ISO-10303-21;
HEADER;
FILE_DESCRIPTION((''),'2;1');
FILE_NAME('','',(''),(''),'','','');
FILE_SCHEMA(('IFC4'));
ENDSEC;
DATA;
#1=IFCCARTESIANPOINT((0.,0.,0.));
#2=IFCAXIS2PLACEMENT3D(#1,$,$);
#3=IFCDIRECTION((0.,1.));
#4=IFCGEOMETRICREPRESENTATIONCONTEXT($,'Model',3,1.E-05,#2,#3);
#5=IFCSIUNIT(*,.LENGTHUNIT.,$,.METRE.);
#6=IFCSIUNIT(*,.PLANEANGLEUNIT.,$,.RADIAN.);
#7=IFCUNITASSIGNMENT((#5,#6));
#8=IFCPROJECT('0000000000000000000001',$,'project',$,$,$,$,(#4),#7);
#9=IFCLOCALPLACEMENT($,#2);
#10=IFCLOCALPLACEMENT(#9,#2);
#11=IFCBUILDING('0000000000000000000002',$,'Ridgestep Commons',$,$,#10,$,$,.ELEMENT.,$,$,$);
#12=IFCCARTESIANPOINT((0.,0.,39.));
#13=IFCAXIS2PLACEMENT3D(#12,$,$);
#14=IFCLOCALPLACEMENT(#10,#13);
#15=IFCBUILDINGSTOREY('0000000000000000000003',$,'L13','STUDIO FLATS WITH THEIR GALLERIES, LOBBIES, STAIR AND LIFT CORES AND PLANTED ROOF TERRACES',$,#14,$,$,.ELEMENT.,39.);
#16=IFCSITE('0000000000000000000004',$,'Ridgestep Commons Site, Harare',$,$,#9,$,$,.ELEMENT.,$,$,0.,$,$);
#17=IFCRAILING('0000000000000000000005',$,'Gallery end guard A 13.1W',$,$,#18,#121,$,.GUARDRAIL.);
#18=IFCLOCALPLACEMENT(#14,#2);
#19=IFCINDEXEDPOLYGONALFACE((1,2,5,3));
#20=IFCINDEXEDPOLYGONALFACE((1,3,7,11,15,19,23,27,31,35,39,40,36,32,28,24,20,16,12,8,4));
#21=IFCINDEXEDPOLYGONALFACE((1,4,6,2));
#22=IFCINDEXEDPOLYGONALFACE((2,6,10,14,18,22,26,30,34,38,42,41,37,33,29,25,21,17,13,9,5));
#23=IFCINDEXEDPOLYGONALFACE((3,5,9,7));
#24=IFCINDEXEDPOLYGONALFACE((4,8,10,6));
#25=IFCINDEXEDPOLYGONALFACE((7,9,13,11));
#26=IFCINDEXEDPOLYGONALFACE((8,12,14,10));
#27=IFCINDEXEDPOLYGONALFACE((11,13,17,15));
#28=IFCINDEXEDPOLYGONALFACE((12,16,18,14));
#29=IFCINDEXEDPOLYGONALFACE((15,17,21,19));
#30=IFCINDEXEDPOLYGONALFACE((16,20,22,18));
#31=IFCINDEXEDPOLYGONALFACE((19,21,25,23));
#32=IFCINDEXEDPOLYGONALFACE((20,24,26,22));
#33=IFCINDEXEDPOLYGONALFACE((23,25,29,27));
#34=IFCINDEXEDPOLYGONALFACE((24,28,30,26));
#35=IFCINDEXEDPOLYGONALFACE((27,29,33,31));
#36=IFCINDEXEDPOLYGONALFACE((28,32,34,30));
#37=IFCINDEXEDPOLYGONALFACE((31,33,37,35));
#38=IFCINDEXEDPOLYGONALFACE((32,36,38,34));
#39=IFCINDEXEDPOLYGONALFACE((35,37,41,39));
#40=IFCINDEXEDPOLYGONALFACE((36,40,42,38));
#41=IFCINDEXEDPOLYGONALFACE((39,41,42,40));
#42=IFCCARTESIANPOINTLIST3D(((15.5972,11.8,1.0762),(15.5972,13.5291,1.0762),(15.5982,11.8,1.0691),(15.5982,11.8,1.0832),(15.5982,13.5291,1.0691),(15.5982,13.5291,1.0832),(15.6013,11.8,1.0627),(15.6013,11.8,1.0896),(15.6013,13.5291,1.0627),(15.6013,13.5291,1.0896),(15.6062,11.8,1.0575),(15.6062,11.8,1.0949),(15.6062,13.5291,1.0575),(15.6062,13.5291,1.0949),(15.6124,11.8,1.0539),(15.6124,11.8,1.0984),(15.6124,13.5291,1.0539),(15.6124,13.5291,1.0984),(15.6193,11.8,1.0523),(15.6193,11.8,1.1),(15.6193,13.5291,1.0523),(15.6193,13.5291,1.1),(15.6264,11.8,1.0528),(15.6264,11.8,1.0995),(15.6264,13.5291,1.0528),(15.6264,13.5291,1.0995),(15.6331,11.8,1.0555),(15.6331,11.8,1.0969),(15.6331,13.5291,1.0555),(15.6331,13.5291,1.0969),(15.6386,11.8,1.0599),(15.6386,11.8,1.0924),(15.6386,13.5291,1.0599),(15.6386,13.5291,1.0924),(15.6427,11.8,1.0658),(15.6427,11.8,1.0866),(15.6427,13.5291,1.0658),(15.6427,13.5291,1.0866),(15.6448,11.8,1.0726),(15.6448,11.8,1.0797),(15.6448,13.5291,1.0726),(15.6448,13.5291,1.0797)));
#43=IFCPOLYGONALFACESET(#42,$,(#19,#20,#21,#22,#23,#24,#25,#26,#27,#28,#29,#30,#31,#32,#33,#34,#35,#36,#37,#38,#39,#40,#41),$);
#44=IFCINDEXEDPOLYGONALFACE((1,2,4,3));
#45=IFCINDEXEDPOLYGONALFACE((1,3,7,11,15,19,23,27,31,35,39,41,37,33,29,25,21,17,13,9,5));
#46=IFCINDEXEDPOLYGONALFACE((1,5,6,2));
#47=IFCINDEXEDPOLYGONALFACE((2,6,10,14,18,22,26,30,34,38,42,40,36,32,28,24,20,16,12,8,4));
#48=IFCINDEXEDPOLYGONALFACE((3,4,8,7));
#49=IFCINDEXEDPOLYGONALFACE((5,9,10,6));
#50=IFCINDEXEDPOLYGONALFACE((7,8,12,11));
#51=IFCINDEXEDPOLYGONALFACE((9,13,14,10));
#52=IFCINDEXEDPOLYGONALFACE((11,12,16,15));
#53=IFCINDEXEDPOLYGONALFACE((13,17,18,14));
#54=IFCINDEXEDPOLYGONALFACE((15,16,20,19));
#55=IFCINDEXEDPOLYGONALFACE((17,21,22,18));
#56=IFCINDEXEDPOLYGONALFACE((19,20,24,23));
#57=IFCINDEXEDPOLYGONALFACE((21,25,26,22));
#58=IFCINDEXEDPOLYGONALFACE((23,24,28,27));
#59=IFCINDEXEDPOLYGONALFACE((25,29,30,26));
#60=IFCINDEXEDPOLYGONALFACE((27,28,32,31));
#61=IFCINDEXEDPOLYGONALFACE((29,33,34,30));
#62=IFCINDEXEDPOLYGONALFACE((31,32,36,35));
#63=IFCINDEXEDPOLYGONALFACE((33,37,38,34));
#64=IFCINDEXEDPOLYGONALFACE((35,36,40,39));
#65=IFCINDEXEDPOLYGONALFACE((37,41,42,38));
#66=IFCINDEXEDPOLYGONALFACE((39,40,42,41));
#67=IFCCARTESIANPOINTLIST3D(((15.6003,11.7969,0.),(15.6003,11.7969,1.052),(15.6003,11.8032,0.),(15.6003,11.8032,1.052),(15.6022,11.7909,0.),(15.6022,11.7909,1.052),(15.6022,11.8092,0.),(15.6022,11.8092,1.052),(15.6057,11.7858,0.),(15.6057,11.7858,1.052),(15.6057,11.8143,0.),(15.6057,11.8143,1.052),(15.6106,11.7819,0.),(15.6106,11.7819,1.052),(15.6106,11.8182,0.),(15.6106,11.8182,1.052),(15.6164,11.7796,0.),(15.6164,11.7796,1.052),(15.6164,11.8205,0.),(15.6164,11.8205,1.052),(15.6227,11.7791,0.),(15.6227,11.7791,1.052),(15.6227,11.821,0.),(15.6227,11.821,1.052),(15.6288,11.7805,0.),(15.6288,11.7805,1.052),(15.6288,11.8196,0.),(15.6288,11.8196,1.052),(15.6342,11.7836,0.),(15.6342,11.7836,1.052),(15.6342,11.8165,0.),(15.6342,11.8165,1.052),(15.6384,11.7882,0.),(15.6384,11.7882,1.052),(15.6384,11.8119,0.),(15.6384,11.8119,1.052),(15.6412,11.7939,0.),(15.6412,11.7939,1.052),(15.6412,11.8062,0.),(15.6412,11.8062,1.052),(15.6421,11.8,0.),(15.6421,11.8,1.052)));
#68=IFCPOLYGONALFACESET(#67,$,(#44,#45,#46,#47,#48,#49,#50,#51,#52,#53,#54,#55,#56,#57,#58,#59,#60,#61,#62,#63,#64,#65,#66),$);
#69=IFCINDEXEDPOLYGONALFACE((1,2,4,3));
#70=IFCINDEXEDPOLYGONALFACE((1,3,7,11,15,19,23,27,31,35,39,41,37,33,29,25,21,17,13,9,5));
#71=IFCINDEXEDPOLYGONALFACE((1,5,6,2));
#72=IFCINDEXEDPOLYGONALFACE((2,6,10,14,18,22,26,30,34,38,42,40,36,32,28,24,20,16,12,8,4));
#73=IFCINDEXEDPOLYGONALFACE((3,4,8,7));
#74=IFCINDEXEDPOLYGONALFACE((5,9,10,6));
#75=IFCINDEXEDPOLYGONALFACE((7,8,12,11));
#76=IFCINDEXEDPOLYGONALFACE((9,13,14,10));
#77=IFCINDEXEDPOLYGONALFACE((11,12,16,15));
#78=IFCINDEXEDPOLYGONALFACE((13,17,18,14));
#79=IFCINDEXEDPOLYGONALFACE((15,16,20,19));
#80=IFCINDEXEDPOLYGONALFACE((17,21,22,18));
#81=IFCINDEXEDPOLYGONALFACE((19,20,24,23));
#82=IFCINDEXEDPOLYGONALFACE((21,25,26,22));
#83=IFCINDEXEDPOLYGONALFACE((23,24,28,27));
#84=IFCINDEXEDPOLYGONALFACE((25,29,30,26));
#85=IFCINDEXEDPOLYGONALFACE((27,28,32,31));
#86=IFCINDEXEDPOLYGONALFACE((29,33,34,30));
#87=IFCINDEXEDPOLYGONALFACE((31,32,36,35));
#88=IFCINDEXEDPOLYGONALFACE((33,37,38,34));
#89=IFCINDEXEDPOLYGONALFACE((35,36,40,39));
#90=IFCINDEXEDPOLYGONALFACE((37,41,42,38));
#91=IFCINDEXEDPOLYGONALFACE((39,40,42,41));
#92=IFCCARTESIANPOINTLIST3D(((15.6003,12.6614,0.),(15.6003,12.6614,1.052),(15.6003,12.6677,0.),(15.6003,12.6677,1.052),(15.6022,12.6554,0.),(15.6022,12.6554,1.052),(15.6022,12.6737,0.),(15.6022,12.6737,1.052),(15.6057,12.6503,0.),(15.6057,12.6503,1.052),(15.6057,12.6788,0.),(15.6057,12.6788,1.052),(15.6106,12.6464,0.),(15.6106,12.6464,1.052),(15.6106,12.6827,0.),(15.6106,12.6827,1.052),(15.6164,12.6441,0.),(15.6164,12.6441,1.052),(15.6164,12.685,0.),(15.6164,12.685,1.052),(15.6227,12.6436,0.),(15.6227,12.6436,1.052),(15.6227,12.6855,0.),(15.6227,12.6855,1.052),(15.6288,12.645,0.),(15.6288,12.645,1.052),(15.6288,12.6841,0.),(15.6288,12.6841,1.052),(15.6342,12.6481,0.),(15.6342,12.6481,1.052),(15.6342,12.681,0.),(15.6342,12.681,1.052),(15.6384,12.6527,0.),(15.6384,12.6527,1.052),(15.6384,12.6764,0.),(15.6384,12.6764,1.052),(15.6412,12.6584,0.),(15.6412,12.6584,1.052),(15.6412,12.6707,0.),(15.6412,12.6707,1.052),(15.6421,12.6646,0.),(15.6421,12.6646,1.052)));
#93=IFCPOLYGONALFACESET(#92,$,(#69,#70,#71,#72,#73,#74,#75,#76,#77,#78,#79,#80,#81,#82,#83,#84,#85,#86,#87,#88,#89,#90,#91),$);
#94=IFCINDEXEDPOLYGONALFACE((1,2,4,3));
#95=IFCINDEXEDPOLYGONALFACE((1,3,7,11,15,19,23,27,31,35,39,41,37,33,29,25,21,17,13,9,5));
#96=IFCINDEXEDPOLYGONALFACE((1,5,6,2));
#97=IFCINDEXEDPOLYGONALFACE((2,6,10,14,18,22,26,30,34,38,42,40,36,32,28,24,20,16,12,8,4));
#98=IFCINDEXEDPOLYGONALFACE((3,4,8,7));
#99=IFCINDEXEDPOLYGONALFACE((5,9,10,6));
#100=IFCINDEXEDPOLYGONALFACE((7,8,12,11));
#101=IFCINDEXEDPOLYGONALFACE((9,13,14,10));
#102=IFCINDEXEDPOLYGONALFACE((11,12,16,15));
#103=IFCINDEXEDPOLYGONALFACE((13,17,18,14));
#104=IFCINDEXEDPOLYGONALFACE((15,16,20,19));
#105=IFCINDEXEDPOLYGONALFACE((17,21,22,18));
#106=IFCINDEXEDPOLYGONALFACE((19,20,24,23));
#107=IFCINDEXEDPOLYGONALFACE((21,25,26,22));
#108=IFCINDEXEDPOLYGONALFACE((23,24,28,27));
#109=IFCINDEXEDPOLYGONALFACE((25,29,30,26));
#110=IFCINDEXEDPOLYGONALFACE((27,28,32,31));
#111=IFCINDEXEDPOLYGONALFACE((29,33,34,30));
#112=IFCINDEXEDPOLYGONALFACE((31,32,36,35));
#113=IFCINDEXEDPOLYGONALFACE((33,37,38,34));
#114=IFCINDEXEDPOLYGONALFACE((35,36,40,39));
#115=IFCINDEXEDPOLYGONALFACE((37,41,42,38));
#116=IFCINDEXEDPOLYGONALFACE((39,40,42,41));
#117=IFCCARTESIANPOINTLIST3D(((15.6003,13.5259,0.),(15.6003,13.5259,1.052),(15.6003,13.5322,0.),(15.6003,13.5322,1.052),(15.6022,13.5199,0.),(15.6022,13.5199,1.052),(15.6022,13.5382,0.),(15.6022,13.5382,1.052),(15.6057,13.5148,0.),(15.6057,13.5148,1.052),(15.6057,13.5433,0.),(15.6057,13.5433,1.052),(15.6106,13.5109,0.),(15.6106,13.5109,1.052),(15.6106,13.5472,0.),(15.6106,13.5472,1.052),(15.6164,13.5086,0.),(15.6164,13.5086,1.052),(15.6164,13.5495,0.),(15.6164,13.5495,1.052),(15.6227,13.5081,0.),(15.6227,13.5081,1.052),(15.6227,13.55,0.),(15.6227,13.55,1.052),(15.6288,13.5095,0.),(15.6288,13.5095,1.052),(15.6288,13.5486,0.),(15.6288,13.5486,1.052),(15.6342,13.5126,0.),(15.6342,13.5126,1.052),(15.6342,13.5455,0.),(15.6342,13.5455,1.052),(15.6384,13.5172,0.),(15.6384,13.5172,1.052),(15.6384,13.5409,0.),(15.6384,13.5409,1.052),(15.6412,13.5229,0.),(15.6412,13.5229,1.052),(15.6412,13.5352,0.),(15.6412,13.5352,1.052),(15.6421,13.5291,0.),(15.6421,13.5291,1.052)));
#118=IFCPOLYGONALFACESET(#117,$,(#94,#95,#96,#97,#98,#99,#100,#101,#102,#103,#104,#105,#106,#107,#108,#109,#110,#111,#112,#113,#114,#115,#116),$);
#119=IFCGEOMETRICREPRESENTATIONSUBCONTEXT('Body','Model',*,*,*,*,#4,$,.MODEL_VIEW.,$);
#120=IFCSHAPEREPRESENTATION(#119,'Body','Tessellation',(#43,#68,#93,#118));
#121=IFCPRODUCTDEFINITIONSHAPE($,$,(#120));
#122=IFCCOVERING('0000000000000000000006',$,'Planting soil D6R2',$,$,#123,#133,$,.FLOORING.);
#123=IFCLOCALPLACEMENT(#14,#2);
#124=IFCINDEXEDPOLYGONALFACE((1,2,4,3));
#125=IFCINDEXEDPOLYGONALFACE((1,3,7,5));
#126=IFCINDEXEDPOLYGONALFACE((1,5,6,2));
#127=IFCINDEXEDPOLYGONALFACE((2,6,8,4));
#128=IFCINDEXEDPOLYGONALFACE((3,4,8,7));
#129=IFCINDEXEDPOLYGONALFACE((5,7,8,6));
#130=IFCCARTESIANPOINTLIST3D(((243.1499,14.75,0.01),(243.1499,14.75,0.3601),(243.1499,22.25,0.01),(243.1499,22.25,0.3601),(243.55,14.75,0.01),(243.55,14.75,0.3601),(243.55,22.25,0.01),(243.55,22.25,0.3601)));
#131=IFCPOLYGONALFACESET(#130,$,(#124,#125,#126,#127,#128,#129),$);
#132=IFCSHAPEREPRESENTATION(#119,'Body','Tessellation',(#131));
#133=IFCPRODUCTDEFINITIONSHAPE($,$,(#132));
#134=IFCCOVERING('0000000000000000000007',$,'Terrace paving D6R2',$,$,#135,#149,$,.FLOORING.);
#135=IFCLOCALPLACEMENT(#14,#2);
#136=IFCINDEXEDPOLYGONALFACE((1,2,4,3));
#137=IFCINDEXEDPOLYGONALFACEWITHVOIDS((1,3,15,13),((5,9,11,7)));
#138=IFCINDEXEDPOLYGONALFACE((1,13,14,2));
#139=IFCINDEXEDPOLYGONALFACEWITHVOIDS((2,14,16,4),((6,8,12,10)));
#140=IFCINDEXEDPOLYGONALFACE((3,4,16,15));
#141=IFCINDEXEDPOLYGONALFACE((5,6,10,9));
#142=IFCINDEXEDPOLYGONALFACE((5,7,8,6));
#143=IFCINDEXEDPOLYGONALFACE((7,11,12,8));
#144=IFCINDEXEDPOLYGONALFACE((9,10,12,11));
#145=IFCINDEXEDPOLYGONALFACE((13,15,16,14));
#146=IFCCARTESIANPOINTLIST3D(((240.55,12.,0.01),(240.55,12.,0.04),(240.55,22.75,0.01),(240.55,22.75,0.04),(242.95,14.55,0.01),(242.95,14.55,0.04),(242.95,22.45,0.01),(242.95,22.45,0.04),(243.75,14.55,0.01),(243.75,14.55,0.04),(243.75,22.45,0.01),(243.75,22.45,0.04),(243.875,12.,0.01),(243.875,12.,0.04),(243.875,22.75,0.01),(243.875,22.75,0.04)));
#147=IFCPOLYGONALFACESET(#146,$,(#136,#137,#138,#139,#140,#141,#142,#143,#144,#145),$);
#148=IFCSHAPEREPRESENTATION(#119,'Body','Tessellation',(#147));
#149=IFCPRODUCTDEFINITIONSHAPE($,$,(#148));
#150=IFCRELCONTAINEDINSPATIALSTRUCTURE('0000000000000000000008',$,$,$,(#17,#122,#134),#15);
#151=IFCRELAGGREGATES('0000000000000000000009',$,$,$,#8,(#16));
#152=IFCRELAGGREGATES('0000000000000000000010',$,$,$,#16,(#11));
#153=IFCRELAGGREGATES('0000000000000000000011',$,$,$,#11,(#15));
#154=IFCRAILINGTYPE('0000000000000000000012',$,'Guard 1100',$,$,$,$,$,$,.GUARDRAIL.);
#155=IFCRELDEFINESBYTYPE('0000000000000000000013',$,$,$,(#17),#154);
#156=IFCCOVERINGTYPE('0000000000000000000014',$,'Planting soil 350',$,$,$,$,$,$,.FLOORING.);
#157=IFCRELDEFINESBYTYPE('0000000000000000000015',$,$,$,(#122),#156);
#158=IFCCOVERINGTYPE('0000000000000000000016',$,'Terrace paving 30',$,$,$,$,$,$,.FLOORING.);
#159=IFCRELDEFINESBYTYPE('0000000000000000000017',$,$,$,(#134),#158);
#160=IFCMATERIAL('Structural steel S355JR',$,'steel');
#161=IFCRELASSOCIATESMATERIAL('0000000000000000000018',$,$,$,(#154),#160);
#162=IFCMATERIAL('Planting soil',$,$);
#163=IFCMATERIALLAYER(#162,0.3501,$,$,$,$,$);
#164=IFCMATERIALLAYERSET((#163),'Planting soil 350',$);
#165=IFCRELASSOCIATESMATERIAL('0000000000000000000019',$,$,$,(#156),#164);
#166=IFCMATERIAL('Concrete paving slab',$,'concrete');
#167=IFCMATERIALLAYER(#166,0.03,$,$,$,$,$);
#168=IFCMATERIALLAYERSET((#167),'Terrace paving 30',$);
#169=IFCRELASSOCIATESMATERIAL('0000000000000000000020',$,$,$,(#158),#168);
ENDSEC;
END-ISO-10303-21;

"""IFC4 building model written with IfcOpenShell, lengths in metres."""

from ifc_helpers import new_model, si_unit, direction, frame, origin, origin_2d, place, context, subcontext, project, spatial, polyline, circle, outline, extrude, material, layer, layer_set, type_object, element, save


model = new_model("IFC4")

# Units and contexts
model_context = context("Model", 3, precision=1e-05, world=origin(), true_north=direction((0.0, 1.0)))
body_context = subcontext(model_context, "Body", "Model", "MODEL_VIEW")
ifc_project = project(units=[si_unit("LENGTHUNIT", "METRE"), si_unit("PLANEANGLEUNIT", "RADIAN")], contexts=[model_context])

# Site, building, storey
site_placement = place(None, origin())
site = spatial("IfcSite", under=ifc_project, at=site_placement, Name="Ridgestep Commons Site, Harare", CompositionType="ELEMENT", RefElevation=0.0)
building_placement = place(site_placement, origin())
building = spatial("IfcBuilding", under=site, at=building_placement, Name="Ridgestep Commons", CompositionType="ELEMENT")
storey_placement = place(building_placement, frame((0.0, 0.0, 39.0)))
storey = spatial("IfcBuildingStorey", under=building, at=storey_placement, Name="L13", Description="STUDIO FLATS WITH THEIR GALLERIES, LOBBIES, STAIR AND LIFT CORES AND PLANTED ROOF TERRACES", CompositionType="ELEMENT", Elevation=39.0)

# Railing
ifc_material_1 = material(Name="Structural steel S355JR", Category="steel")
railing_type = type_object("IfcRailingType", Name="Guard 1100", PredefinedType="GUARDRAIL", material=ifc_material_1)
railing_1_placement = place(storey_placement, frame((15.6211, 11.8, 0.0)))
element("IfcRailing", 1, at=railing_1_placement, inside=storey, type_object=railing_type, Name="Gallery end guard A 13.1W", PredefinedType="GUARDRAIL", context=body_context, shape_type="SweptSolid", body=[
    extrude(circle(Radius=0.0239, at=origin_2d()), frame((0.0, 0.0, 1.0762), z_axis=(0.0, 1.0, 0.0), x_axis=(-1.0, 0.0, 0.0)), (0.0, 0.0, 1.0), 1.729),
    extrude(circle(Radius=0.021, at=origin_2d()), origin(), (0.0, 0.0, 1.0), 1.052),
    extrude(circle(Radius=0.021, at=origin_2d()), frame((0.0, 0.8645, 0.0)), (0.0, 0.0, 1.0), 1.052),
    extrude(circle(Radius=0.021, at=origin_2d()), frame((0.0, 1.729, 0.0)), (0.0, 0.0, 1.0), 1.052),
])

# Coverings
ifc_material_2 = material(Name="Planting soil")
ifc_layer_1 = layer(ifc_material_2, 0.3501)
ifc_layer_set_1 = layer_set([ifc_layer_1], Name="Planting soil 350")
covering_type_1 = type_object("IfcCoveringType", Name="Planting soil 350", PredefinedType="FLOORING", material=ifc_layer_set_1)
covering_1_placement = place(storey_placement, frame((0.0, 0.0, 0.01)))
element("IfcCovering", 2, at=covering_1_placement, inside=storey, type_object=covering_type_1, Name="Planting soil D6R2", PredefinedType="FLOORING", context=body_context, shape_type="SweptSolid", body=[
    extrude(outline(polyline([(243.1499, 14.75), (243.55, 14.75), (243.55, 22.25), (243.1499, 22.25), (243.1499, 14.75)])), origin(), (0.0, 0.0, 1.0), 0.3501),
])
ifc_material_3 = material(Name="Concrete paving slab", Category="concrete")
ifc_layer_2 = layer(ifc_material_3, 0.03)
ifc_layer_set_2 = layer_set([ifc_layer_2], Name="Terrace paving 30")
covering_type_2 = type_object("IfcCoveringType", Name="Terrace paving 30", PredefinedType="FLOORING", material=ifc_layer_set_2)
covering_2_placement = place(storey_placement, frame((0.0, 0.0, 0.01)))
element("IfcCovering", 3, at=covering_2_placement, inside=storey, type_object=covering_type_2, Name="Terrace paving D6R2", PredefinedType="FLOORING", context=body_context, shape_type="SweptSolid", body=[
    extrude(outline(polyline([(243.875, 12.0), (243.875, 22.75), (240.55, 22.75), (240.55, 12.0), (243.875, 12.0)]), holes=[polyline([(243.75, 14.55), (243.75, 22.45), (242.95, 22.45), (242.95, 14.55), (243.75, 14.55)])]), origin(), (0.0, 0.0, 1.0), 0.03),
])

save(model, "model.ifc")
